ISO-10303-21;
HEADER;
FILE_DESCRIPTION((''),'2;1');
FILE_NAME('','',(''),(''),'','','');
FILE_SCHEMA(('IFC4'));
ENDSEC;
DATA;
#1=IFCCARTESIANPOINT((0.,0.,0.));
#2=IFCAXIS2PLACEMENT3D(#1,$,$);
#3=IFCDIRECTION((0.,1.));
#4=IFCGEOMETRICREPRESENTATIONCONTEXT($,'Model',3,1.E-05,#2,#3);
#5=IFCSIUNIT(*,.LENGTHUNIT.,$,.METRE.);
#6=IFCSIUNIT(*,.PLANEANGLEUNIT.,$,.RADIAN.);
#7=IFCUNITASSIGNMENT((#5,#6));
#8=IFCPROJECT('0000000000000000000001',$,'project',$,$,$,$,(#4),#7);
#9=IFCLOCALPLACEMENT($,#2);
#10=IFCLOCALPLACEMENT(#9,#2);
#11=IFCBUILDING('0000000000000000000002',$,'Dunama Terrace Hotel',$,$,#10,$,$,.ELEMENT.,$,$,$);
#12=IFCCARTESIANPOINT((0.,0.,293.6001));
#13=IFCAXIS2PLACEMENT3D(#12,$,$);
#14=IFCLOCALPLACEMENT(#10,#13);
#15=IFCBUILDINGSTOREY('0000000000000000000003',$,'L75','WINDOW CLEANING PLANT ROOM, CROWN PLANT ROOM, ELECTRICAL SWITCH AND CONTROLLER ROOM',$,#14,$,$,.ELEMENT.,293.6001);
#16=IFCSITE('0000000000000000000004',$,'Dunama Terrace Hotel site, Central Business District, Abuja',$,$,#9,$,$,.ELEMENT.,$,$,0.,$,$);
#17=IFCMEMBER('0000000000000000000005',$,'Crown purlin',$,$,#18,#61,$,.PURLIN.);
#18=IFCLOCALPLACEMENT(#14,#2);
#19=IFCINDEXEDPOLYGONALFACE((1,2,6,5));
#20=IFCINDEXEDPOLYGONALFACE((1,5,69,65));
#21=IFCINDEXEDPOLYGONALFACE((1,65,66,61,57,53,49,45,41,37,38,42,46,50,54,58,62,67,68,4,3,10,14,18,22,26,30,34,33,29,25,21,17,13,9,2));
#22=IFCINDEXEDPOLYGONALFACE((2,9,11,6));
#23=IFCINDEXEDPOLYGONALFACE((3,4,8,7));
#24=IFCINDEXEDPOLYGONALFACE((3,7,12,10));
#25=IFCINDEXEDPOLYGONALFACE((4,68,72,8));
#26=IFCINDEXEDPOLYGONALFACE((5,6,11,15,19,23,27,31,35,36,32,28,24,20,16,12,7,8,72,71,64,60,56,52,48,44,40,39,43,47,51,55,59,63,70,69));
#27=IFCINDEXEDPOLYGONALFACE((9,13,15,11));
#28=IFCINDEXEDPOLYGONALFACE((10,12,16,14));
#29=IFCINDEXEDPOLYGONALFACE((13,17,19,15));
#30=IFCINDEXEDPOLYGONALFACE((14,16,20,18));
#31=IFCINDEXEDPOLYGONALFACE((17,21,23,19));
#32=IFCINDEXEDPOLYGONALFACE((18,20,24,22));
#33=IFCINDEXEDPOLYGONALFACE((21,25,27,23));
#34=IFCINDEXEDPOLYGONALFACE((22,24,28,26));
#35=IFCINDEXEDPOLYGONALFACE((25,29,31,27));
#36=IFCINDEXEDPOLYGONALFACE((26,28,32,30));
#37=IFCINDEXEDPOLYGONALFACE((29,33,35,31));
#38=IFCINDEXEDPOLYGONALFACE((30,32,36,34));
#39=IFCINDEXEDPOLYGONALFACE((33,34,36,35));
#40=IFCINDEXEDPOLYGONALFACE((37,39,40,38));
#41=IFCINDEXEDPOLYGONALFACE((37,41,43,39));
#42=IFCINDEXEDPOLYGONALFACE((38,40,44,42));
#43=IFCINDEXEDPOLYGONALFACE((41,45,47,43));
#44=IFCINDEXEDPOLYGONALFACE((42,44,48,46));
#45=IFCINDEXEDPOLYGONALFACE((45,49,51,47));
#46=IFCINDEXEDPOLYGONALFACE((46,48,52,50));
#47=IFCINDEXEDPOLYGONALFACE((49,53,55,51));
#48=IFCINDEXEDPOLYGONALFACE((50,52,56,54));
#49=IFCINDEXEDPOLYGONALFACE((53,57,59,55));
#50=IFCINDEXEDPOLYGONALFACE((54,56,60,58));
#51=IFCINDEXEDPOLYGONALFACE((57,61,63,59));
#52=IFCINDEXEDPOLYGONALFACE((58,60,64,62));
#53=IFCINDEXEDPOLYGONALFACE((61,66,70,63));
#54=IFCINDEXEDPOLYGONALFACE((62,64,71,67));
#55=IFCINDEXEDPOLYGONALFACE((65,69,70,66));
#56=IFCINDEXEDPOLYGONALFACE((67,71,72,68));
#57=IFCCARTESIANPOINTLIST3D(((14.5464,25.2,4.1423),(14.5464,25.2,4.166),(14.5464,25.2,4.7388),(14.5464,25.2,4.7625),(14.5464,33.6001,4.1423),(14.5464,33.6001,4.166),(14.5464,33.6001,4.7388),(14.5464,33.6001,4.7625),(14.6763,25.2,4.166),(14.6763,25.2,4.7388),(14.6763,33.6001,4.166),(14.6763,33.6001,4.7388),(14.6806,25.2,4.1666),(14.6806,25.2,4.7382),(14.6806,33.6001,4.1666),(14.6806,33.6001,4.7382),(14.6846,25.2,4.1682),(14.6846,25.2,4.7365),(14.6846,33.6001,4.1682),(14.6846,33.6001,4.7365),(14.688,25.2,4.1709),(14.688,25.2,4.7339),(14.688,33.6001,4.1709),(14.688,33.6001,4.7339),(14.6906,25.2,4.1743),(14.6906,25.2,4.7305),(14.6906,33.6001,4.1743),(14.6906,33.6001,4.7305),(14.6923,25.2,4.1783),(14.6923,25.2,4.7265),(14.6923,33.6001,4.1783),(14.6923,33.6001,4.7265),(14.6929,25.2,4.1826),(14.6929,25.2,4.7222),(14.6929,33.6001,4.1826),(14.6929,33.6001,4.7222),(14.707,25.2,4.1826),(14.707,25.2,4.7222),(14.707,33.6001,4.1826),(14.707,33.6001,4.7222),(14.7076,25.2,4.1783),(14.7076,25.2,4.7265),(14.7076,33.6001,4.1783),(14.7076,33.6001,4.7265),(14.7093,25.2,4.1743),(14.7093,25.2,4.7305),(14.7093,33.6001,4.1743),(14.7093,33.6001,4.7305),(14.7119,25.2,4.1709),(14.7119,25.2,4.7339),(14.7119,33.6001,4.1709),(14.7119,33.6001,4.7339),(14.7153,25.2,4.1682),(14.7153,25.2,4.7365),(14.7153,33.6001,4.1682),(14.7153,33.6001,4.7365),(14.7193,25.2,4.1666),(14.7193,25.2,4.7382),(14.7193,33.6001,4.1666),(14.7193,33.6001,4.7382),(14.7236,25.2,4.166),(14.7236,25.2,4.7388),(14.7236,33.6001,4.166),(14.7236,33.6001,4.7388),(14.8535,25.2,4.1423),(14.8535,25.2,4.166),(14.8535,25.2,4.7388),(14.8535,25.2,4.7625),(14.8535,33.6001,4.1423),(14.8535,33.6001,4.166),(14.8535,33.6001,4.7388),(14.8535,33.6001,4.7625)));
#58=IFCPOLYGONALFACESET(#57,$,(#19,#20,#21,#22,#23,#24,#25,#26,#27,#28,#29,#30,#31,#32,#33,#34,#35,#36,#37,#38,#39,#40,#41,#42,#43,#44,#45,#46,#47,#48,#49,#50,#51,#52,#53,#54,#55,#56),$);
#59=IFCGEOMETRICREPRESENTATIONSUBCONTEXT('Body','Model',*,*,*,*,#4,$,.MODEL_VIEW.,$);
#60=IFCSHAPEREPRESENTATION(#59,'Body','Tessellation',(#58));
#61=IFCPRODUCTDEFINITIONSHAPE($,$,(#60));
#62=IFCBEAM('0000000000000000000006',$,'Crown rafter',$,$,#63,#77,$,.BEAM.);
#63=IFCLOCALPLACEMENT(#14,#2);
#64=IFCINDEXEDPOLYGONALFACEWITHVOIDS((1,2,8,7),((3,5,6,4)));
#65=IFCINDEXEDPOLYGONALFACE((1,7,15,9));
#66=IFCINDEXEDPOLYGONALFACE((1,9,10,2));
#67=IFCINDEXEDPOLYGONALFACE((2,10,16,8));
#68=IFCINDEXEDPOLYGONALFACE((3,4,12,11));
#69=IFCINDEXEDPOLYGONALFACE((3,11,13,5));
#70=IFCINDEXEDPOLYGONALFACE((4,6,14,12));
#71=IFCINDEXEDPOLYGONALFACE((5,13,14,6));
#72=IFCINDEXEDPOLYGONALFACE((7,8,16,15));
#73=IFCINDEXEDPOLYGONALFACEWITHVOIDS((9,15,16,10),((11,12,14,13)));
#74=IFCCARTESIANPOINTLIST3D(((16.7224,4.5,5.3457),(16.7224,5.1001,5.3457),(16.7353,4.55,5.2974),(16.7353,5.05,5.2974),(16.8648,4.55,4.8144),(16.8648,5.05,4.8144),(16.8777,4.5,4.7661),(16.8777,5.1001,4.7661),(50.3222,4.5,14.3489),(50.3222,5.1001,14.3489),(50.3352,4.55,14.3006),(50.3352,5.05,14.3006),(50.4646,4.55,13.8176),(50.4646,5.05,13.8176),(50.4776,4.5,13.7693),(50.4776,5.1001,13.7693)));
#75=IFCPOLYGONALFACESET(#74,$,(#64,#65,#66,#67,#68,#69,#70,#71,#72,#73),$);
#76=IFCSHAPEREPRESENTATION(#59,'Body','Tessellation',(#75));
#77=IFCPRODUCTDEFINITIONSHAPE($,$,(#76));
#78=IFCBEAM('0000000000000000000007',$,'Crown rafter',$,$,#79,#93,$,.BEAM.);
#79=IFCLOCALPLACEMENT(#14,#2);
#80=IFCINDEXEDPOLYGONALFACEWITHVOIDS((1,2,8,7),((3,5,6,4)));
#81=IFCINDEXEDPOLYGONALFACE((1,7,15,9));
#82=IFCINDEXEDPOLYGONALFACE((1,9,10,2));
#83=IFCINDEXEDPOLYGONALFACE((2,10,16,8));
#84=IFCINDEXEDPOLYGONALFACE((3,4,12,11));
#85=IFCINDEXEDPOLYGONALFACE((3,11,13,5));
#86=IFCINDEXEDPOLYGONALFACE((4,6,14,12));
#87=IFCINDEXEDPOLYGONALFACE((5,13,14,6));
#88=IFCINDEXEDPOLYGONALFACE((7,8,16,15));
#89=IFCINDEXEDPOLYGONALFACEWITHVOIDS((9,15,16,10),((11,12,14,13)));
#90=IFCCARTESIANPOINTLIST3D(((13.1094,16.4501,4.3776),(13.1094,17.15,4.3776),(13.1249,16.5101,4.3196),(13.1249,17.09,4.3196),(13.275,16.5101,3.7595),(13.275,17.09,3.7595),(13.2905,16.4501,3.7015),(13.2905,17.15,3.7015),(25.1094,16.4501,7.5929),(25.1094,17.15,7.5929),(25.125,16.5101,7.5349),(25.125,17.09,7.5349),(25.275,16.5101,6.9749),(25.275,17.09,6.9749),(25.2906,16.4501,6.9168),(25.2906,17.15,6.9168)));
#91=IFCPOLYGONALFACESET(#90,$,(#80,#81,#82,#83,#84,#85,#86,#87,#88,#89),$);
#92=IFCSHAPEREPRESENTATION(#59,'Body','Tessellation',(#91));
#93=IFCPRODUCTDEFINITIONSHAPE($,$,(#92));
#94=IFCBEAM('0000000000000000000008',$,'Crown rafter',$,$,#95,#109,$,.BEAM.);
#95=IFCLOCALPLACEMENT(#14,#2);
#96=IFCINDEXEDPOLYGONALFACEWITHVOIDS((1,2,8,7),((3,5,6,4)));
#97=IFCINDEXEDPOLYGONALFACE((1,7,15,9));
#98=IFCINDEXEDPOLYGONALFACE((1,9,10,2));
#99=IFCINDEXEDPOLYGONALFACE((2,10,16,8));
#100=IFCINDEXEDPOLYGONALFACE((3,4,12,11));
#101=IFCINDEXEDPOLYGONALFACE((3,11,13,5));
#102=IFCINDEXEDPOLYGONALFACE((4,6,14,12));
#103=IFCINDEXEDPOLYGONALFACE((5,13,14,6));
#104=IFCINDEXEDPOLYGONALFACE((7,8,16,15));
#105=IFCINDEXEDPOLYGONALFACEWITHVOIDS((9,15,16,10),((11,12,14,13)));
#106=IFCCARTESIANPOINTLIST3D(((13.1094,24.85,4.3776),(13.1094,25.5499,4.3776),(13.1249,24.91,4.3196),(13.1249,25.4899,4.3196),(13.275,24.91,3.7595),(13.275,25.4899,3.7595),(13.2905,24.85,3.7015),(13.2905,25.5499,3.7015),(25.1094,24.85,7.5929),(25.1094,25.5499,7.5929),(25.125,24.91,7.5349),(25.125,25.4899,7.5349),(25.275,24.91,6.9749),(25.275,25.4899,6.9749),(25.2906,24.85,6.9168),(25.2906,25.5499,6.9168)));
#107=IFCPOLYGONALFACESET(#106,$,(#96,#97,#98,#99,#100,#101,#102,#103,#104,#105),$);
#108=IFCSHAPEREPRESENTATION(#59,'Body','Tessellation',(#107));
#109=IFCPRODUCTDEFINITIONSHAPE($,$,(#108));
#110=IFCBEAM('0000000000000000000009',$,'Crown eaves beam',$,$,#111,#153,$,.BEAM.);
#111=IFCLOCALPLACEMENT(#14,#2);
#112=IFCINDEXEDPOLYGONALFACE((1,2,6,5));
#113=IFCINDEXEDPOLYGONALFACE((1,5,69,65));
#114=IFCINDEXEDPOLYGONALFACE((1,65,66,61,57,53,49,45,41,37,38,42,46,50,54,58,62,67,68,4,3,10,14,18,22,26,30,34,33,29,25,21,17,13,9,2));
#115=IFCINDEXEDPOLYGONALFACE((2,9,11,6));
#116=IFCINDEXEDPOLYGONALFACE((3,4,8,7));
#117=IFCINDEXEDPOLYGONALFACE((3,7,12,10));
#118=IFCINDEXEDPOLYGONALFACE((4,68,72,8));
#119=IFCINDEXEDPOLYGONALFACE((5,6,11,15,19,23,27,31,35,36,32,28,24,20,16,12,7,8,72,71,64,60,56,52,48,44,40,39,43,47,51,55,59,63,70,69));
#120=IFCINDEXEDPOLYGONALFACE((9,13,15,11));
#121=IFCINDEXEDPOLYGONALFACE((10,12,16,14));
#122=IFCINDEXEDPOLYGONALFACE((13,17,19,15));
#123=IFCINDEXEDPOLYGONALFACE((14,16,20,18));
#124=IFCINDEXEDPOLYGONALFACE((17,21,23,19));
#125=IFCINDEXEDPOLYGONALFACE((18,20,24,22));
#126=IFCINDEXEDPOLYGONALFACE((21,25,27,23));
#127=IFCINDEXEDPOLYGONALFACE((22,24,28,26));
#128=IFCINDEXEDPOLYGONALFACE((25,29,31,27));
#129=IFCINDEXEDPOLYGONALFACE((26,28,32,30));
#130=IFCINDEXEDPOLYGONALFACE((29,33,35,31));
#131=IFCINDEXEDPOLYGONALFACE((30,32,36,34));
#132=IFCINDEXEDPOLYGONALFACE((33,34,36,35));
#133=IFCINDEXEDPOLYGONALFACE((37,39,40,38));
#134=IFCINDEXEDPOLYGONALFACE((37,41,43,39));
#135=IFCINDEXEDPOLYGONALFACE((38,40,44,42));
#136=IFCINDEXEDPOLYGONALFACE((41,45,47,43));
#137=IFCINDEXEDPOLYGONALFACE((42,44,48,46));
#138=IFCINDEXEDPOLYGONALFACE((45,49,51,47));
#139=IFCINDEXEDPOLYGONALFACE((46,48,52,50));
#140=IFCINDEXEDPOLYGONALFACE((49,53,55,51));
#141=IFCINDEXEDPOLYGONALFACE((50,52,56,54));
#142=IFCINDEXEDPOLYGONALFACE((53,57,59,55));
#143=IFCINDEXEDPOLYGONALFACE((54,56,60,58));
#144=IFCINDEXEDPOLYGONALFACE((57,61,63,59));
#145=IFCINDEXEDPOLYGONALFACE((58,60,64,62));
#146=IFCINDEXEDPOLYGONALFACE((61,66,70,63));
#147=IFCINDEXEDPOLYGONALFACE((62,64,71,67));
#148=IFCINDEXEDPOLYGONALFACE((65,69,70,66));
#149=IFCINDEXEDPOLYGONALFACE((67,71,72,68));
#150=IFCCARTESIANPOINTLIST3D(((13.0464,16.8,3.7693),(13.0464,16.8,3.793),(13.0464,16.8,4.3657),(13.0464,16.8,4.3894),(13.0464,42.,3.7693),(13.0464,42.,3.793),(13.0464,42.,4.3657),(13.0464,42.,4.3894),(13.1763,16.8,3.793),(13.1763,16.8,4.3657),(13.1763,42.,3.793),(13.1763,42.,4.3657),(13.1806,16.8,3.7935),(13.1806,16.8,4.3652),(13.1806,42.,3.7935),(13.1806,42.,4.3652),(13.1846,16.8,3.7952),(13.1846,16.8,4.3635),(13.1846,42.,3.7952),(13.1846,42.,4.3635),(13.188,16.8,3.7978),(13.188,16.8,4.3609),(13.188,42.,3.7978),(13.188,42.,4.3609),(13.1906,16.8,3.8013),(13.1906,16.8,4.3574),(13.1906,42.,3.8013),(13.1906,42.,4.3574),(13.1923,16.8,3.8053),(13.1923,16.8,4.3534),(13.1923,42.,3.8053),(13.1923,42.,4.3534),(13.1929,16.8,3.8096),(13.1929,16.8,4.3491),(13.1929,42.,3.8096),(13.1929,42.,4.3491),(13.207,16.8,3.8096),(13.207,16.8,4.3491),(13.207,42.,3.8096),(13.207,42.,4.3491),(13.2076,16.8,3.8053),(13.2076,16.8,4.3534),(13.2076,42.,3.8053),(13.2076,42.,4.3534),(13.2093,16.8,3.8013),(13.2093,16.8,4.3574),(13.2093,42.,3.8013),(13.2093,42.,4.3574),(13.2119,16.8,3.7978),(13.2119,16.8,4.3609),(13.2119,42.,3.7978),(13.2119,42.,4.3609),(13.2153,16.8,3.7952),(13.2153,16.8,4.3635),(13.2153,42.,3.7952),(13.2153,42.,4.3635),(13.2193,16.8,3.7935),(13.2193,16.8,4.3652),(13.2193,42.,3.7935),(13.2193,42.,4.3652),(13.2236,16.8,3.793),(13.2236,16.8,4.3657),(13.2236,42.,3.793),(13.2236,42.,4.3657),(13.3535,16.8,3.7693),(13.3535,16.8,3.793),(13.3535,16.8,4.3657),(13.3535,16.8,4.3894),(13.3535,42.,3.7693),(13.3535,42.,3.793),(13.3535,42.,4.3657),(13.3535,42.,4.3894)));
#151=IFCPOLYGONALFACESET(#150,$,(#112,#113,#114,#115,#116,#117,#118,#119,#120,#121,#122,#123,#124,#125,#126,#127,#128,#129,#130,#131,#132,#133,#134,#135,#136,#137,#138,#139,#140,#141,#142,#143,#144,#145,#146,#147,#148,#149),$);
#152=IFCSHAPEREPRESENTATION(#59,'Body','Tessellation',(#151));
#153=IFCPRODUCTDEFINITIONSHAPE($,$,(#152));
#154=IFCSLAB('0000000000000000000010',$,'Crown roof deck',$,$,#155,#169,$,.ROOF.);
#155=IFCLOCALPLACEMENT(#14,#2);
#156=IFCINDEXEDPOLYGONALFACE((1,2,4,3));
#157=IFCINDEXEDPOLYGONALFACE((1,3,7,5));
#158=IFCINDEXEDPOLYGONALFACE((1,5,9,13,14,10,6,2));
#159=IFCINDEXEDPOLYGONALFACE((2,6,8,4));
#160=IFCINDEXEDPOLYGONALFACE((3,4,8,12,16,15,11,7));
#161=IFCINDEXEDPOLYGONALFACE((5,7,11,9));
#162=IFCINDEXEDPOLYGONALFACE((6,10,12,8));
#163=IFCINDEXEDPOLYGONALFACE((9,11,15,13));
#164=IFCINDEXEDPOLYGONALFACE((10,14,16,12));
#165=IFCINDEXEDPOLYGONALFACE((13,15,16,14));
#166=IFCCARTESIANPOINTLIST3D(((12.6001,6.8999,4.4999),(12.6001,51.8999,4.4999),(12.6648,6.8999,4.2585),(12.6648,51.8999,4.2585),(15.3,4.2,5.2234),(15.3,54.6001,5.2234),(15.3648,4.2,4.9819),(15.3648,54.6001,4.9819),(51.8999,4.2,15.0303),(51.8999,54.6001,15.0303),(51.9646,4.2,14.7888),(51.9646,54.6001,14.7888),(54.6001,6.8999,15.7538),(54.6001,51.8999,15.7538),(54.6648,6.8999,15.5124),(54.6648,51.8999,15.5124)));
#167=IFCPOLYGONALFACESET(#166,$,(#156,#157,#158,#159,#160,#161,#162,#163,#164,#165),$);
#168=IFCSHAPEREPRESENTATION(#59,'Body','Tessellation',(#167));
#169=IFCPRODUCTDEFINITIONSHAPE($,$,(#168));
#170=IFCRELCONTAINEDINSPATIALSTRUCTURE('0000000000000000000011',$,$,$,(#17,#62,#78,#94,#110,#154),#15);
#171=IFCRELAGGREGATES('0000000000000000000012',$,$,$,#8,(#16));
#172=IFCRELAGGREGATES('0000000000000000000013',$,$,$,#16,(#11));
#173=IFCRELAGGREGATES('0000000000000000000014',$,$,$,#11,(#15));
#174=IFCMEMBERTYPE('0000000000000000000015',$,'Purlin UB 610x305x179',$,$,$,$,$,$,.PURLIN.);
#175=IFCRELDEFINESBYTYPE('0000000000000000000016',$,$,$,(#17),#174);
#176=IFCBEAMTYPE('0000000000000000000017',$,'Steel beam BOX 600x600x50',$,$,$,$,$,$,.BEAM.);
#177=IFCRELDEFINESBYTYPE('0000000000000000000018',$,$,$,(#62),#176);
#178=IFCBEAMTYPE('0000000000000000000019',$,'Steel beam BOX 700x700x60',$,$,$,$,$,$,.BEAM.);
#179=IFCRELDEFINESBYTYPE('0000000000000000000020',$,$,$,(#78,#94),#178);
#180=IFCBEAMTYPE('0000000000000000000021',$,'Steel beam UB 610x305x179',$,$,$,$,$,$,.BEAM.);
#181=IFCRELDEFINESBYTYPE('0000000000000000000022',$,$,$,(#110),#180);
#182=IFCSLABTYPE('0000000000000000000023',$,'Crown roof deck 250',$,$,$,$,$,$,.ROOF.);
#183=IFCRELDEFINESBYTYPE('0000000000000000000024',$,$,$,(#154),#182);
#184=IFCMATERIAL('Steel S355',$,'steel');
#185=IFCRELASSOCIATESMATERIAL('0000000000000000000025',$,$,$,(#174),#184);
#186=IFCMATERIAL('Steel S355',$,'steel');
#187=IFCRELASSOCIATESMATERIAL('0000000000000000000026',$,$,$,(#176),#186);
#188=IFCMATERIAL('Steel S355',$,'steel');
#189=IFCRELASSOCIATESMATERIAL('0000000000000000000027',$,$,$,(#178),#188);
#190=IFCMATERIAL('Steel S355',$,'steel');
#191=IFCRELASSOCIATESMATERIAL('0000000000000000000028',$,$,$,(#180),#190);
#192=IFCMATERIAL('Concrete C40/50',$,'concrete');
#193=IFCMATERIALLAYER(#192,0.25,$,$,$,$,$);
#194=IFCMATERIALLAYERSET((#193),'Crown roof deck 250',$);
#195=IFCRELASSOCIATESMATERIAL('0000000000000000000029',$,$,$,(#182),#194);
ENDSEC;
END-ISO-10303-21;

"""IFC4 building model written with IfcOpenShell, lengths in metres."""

from ifc_helpers import new_model, si_unit, direction, frame, origin, origin_2d, place, context, subcontext, project, spatial, polyline, hollow_rectangle, i_section, outline, extrude, material, layer, layer_set, material_profile, profile_set, type_object, element, save


model = new_model("IFC4")

# Units and contexts
model_context = context("Model", 3, precision=1e-05, world=origin(), true_north=direction((0.0, 1.0)))
body_context = subcontext(model_context, "Body", "Model", "MODEL_VIEW")
ifc_project = project(units=[si_unit("LENGTHUNIT", "METRE"), si_unit("PLANEANGLEUNIT", "RADIAN")], contexts=[model_context])

# Site, building, storey
site_placement = place(None, origin())
site = spatial("IfcSite", under=ifc_project, at=site_placement, Name="Dunama Terrace Hotel site, Central Business District, Abuja", CompositionType="ELEMENT", RefElevation=0.0)
building_placement = place(site_placement, origin())
building = spatial("IfcBuilding", under=site, at=building_placement, Name="Dunama Terrace Hotel", CompositionType="ELEMENT")
storey_placement = place(building_placement, frame((0.0, 0.0, 293.6001)))
storey = spatial("IfcBuildingStorey", under=building, at=storey_placement, Name="L75", Description="WINDOW CLEANING PLANT ROOM, CROWN PLANT ROOM, ELECTRICAL SWITCH AND CONTROLLER ROOM", CompositionType="ELEMENT", Elevation=293.6001)

# Member
ifc_material_1 = material(Name="Steel S355", Category="steel")
ifc_material_profile_1 = material_profile(ifc_material_1, i_section(OverallWidth=0.3071, OverallDepth=0.6201, WebThickness=0.0142, FlangeThickness=0.0237, FilletRadius=0.0166, at=origin_2d()), Name="UB 610x305x179")
ifc_profile_set_1 = profile_set([ifc_material_profile_1], Name="Steel S355")
member_type_1 = type_object("IfcMemberType", Name="Purlin UB 610x305x179", PredefinedType="PURLIN", material=ifc_profile_set_1)
member_1_placement = place(storey_placement, frame((14.7, 25.2, 4.4524), z_axis=(0.0, 1.0, 0.0), x_axis=(-1.0, 0.0, 0.0)))
element("IfcMember", 1, at=member_1_placement, inside=storey, type_object=member_type_1, Name="Crown purlin", PredefinedType="PURLIN", context=body_context, shape_type="SweptSolid", body=[
    extrude(i_section(OverallWidth=0.3071, OverallDepth=0.6201, WebThickness=0.0142, FlangeThickness=0.0237, FilletRadius=0.0166, at=origin_2d()), origin(), (0.0, 0.0, 1.0), 8.4001),
])

# Beams
ifc_material_2 = material(Name="Steel S355", Category="steel")
ifc_material_profile_2 = material_profile(ifc_material_2, hollow_rectangle(XDim=0.6001, YDim=0.6001, WallThickness=0.05, at=origin_2d()), Name="BOX 600x600x50")
ifc_profile_set_2 = profile_set([ifc_material_profile_2], Name="Steel S355")
beam_type_1 = type_object("IfcBeamType", Name="Steel beam BOX 600x600x50", PredefinedType="BEAM", material=ifc_profile_set_2)
beam_1_placement = place(storey_placement, frame((16.8, 4.8, 5.0559), z_axis=(0.965925, 0.0, 0.258822), x_axis=(0.0, 1.0, 0.0)))
element("IfcBeam", 2, at=beam_1_placement, inside=storey, type_object=beam_type_1, Name="Crown rafter", PredefinedType="BEAM", context=body_context, shape_type="SweptSolid", body=[
    extrude(hollow_rectangle(XDim=0.6001, YDim=0.6001, WallThickness=0.05, at=origin_2d()), origin(), (0.0, 0.0, 1.0), 34.7852),
])
ifc_material_3 = material(Name="Steel S355", Category="steel")
ifc_material_profile_3 = material_profile(ifc_material_3, hollow_rectangle(XDim=0.7, YDim=0.7, WallThickness=0.0601, at=origin_2d()), Name="BOX 700x700x60")
ifc_profile_set_3 = profile_set([ifc_material_profile_3], Name="Steel S355")
beam_type_2 = type_object("IfcBeamType", Name="Steel beam BOX 700x700x60", PredefinedType="BEAM", material=ifc_profile_set_3)
for number, where, z_axis, x_axis, name in (
    (3, (13.2, 16.8, 4.0396), (0.965927, 0.0, 0.258815), (0.0, 1.0, 0.0), "Crown rafter"),
    (4, (13.2, 25.2, 4.0396), (0.965927, 0.0, 0.258815), (0.0, 1.0, 0.0), "Crown rafter"),
):
    element("IfcBeam", number, at=place(storey_placement, frame(where, z_axis=z_axis, x_axis=x_axis)), inside=storey, type_object=beam_type_2, Name=name, PredefinedType="BEAM", context=body_context, shape_type="SweptSolid", body=[
        extrude(hollow_rectangle(XDim=0.7, YDim=0.7, WallThickness=0.0601, at=origin_2d()), origin(), (0.0, 0.0, 1.0), 12.4233),
    ])
ifc_material_4 = material(Name="Steel S355", Category="steel")
ifc_material_profile_4 = material_profile(ifc_material_4, i_section(OverallWidth=0.3071, OverallDepth=0.6201, WebThickness=0.0142, FlangeThickness=0.0237, FilletRadius=0.0166, at=origin_2d()), Name="UB 610x305x179")
ifc_profile_set_4 = profile_set([ifc_material_profile_4], Name="Steel S355")
beam_type_3 = type_object("IfcBeamType", Name="Steel beam UB 610x305x179", PredefinedType="BEAM", material=ifc_profile_set_4)
beam_2_placement = place(storey_placement, frame((13.2, 16.8, 4.0793), z_axis=(0.0, 1.0, 0.0), x_axis=(-1.0, 0.0, 0.0)))
element("IfcBeam", 5, at=beam_2_placement, inside=storey, type_object=beam_type_3, Name="Crown eaves beam", PredefinedType="BEAM", context=body_context, shape_type="SweptSolid", body=[
    extrude(i_section(OverallWidth=0.3071, OverallDepth=0.6201, WebThickness=0.0142, FlangeThickness=0.0237, FilletRadius=0.0166, at=origin_2d()), origin(), (0.0, 0.0, 1.0), 25.2),
])

# Slab
ifc_material_5 = material(Name="Concrete C40/50", Category="concrete")
ifc_layer_1 = layer(ifc_material_5, 0.25)
ifc_layer_set_1 = layer_set([ifc_layer_1], Name="Crown roof deck 250")
slab_type_1 = type_object("IfcSlabType", Name="Crown roof deck 250", PredefinedType="ROOF", material=ifc_layer_set_1)
slab_1_placement = place(storey_placement, frame((15.3, 4.2, 5.2234), z_axis=(-0.25882, 0.0, 0.965926), x_axis=(0.965926, 0.0, 0.25882)))
element("IfcSlab", 6, at=slab_1_placement, inside=storey, type_object=slab_type_1, Name="Crown roof deck", PredefinedType="ROOF", context=body_context, shape_type="SweptSolid", body=[
    extrude(outline(polyline([(0.0, 0.0), (37.891, 0.0), (40.6864, 2.7), (40.6864, 47.7), (37.891, 50.4001), (0.0, 50.4001), (-2.7952, 47.7), (-2.7952, 2.7), (0.0, 0.0)])), origin(), (0.0, 0.0, -1.0), 0.25),
])

save(model, "model.ifc")
